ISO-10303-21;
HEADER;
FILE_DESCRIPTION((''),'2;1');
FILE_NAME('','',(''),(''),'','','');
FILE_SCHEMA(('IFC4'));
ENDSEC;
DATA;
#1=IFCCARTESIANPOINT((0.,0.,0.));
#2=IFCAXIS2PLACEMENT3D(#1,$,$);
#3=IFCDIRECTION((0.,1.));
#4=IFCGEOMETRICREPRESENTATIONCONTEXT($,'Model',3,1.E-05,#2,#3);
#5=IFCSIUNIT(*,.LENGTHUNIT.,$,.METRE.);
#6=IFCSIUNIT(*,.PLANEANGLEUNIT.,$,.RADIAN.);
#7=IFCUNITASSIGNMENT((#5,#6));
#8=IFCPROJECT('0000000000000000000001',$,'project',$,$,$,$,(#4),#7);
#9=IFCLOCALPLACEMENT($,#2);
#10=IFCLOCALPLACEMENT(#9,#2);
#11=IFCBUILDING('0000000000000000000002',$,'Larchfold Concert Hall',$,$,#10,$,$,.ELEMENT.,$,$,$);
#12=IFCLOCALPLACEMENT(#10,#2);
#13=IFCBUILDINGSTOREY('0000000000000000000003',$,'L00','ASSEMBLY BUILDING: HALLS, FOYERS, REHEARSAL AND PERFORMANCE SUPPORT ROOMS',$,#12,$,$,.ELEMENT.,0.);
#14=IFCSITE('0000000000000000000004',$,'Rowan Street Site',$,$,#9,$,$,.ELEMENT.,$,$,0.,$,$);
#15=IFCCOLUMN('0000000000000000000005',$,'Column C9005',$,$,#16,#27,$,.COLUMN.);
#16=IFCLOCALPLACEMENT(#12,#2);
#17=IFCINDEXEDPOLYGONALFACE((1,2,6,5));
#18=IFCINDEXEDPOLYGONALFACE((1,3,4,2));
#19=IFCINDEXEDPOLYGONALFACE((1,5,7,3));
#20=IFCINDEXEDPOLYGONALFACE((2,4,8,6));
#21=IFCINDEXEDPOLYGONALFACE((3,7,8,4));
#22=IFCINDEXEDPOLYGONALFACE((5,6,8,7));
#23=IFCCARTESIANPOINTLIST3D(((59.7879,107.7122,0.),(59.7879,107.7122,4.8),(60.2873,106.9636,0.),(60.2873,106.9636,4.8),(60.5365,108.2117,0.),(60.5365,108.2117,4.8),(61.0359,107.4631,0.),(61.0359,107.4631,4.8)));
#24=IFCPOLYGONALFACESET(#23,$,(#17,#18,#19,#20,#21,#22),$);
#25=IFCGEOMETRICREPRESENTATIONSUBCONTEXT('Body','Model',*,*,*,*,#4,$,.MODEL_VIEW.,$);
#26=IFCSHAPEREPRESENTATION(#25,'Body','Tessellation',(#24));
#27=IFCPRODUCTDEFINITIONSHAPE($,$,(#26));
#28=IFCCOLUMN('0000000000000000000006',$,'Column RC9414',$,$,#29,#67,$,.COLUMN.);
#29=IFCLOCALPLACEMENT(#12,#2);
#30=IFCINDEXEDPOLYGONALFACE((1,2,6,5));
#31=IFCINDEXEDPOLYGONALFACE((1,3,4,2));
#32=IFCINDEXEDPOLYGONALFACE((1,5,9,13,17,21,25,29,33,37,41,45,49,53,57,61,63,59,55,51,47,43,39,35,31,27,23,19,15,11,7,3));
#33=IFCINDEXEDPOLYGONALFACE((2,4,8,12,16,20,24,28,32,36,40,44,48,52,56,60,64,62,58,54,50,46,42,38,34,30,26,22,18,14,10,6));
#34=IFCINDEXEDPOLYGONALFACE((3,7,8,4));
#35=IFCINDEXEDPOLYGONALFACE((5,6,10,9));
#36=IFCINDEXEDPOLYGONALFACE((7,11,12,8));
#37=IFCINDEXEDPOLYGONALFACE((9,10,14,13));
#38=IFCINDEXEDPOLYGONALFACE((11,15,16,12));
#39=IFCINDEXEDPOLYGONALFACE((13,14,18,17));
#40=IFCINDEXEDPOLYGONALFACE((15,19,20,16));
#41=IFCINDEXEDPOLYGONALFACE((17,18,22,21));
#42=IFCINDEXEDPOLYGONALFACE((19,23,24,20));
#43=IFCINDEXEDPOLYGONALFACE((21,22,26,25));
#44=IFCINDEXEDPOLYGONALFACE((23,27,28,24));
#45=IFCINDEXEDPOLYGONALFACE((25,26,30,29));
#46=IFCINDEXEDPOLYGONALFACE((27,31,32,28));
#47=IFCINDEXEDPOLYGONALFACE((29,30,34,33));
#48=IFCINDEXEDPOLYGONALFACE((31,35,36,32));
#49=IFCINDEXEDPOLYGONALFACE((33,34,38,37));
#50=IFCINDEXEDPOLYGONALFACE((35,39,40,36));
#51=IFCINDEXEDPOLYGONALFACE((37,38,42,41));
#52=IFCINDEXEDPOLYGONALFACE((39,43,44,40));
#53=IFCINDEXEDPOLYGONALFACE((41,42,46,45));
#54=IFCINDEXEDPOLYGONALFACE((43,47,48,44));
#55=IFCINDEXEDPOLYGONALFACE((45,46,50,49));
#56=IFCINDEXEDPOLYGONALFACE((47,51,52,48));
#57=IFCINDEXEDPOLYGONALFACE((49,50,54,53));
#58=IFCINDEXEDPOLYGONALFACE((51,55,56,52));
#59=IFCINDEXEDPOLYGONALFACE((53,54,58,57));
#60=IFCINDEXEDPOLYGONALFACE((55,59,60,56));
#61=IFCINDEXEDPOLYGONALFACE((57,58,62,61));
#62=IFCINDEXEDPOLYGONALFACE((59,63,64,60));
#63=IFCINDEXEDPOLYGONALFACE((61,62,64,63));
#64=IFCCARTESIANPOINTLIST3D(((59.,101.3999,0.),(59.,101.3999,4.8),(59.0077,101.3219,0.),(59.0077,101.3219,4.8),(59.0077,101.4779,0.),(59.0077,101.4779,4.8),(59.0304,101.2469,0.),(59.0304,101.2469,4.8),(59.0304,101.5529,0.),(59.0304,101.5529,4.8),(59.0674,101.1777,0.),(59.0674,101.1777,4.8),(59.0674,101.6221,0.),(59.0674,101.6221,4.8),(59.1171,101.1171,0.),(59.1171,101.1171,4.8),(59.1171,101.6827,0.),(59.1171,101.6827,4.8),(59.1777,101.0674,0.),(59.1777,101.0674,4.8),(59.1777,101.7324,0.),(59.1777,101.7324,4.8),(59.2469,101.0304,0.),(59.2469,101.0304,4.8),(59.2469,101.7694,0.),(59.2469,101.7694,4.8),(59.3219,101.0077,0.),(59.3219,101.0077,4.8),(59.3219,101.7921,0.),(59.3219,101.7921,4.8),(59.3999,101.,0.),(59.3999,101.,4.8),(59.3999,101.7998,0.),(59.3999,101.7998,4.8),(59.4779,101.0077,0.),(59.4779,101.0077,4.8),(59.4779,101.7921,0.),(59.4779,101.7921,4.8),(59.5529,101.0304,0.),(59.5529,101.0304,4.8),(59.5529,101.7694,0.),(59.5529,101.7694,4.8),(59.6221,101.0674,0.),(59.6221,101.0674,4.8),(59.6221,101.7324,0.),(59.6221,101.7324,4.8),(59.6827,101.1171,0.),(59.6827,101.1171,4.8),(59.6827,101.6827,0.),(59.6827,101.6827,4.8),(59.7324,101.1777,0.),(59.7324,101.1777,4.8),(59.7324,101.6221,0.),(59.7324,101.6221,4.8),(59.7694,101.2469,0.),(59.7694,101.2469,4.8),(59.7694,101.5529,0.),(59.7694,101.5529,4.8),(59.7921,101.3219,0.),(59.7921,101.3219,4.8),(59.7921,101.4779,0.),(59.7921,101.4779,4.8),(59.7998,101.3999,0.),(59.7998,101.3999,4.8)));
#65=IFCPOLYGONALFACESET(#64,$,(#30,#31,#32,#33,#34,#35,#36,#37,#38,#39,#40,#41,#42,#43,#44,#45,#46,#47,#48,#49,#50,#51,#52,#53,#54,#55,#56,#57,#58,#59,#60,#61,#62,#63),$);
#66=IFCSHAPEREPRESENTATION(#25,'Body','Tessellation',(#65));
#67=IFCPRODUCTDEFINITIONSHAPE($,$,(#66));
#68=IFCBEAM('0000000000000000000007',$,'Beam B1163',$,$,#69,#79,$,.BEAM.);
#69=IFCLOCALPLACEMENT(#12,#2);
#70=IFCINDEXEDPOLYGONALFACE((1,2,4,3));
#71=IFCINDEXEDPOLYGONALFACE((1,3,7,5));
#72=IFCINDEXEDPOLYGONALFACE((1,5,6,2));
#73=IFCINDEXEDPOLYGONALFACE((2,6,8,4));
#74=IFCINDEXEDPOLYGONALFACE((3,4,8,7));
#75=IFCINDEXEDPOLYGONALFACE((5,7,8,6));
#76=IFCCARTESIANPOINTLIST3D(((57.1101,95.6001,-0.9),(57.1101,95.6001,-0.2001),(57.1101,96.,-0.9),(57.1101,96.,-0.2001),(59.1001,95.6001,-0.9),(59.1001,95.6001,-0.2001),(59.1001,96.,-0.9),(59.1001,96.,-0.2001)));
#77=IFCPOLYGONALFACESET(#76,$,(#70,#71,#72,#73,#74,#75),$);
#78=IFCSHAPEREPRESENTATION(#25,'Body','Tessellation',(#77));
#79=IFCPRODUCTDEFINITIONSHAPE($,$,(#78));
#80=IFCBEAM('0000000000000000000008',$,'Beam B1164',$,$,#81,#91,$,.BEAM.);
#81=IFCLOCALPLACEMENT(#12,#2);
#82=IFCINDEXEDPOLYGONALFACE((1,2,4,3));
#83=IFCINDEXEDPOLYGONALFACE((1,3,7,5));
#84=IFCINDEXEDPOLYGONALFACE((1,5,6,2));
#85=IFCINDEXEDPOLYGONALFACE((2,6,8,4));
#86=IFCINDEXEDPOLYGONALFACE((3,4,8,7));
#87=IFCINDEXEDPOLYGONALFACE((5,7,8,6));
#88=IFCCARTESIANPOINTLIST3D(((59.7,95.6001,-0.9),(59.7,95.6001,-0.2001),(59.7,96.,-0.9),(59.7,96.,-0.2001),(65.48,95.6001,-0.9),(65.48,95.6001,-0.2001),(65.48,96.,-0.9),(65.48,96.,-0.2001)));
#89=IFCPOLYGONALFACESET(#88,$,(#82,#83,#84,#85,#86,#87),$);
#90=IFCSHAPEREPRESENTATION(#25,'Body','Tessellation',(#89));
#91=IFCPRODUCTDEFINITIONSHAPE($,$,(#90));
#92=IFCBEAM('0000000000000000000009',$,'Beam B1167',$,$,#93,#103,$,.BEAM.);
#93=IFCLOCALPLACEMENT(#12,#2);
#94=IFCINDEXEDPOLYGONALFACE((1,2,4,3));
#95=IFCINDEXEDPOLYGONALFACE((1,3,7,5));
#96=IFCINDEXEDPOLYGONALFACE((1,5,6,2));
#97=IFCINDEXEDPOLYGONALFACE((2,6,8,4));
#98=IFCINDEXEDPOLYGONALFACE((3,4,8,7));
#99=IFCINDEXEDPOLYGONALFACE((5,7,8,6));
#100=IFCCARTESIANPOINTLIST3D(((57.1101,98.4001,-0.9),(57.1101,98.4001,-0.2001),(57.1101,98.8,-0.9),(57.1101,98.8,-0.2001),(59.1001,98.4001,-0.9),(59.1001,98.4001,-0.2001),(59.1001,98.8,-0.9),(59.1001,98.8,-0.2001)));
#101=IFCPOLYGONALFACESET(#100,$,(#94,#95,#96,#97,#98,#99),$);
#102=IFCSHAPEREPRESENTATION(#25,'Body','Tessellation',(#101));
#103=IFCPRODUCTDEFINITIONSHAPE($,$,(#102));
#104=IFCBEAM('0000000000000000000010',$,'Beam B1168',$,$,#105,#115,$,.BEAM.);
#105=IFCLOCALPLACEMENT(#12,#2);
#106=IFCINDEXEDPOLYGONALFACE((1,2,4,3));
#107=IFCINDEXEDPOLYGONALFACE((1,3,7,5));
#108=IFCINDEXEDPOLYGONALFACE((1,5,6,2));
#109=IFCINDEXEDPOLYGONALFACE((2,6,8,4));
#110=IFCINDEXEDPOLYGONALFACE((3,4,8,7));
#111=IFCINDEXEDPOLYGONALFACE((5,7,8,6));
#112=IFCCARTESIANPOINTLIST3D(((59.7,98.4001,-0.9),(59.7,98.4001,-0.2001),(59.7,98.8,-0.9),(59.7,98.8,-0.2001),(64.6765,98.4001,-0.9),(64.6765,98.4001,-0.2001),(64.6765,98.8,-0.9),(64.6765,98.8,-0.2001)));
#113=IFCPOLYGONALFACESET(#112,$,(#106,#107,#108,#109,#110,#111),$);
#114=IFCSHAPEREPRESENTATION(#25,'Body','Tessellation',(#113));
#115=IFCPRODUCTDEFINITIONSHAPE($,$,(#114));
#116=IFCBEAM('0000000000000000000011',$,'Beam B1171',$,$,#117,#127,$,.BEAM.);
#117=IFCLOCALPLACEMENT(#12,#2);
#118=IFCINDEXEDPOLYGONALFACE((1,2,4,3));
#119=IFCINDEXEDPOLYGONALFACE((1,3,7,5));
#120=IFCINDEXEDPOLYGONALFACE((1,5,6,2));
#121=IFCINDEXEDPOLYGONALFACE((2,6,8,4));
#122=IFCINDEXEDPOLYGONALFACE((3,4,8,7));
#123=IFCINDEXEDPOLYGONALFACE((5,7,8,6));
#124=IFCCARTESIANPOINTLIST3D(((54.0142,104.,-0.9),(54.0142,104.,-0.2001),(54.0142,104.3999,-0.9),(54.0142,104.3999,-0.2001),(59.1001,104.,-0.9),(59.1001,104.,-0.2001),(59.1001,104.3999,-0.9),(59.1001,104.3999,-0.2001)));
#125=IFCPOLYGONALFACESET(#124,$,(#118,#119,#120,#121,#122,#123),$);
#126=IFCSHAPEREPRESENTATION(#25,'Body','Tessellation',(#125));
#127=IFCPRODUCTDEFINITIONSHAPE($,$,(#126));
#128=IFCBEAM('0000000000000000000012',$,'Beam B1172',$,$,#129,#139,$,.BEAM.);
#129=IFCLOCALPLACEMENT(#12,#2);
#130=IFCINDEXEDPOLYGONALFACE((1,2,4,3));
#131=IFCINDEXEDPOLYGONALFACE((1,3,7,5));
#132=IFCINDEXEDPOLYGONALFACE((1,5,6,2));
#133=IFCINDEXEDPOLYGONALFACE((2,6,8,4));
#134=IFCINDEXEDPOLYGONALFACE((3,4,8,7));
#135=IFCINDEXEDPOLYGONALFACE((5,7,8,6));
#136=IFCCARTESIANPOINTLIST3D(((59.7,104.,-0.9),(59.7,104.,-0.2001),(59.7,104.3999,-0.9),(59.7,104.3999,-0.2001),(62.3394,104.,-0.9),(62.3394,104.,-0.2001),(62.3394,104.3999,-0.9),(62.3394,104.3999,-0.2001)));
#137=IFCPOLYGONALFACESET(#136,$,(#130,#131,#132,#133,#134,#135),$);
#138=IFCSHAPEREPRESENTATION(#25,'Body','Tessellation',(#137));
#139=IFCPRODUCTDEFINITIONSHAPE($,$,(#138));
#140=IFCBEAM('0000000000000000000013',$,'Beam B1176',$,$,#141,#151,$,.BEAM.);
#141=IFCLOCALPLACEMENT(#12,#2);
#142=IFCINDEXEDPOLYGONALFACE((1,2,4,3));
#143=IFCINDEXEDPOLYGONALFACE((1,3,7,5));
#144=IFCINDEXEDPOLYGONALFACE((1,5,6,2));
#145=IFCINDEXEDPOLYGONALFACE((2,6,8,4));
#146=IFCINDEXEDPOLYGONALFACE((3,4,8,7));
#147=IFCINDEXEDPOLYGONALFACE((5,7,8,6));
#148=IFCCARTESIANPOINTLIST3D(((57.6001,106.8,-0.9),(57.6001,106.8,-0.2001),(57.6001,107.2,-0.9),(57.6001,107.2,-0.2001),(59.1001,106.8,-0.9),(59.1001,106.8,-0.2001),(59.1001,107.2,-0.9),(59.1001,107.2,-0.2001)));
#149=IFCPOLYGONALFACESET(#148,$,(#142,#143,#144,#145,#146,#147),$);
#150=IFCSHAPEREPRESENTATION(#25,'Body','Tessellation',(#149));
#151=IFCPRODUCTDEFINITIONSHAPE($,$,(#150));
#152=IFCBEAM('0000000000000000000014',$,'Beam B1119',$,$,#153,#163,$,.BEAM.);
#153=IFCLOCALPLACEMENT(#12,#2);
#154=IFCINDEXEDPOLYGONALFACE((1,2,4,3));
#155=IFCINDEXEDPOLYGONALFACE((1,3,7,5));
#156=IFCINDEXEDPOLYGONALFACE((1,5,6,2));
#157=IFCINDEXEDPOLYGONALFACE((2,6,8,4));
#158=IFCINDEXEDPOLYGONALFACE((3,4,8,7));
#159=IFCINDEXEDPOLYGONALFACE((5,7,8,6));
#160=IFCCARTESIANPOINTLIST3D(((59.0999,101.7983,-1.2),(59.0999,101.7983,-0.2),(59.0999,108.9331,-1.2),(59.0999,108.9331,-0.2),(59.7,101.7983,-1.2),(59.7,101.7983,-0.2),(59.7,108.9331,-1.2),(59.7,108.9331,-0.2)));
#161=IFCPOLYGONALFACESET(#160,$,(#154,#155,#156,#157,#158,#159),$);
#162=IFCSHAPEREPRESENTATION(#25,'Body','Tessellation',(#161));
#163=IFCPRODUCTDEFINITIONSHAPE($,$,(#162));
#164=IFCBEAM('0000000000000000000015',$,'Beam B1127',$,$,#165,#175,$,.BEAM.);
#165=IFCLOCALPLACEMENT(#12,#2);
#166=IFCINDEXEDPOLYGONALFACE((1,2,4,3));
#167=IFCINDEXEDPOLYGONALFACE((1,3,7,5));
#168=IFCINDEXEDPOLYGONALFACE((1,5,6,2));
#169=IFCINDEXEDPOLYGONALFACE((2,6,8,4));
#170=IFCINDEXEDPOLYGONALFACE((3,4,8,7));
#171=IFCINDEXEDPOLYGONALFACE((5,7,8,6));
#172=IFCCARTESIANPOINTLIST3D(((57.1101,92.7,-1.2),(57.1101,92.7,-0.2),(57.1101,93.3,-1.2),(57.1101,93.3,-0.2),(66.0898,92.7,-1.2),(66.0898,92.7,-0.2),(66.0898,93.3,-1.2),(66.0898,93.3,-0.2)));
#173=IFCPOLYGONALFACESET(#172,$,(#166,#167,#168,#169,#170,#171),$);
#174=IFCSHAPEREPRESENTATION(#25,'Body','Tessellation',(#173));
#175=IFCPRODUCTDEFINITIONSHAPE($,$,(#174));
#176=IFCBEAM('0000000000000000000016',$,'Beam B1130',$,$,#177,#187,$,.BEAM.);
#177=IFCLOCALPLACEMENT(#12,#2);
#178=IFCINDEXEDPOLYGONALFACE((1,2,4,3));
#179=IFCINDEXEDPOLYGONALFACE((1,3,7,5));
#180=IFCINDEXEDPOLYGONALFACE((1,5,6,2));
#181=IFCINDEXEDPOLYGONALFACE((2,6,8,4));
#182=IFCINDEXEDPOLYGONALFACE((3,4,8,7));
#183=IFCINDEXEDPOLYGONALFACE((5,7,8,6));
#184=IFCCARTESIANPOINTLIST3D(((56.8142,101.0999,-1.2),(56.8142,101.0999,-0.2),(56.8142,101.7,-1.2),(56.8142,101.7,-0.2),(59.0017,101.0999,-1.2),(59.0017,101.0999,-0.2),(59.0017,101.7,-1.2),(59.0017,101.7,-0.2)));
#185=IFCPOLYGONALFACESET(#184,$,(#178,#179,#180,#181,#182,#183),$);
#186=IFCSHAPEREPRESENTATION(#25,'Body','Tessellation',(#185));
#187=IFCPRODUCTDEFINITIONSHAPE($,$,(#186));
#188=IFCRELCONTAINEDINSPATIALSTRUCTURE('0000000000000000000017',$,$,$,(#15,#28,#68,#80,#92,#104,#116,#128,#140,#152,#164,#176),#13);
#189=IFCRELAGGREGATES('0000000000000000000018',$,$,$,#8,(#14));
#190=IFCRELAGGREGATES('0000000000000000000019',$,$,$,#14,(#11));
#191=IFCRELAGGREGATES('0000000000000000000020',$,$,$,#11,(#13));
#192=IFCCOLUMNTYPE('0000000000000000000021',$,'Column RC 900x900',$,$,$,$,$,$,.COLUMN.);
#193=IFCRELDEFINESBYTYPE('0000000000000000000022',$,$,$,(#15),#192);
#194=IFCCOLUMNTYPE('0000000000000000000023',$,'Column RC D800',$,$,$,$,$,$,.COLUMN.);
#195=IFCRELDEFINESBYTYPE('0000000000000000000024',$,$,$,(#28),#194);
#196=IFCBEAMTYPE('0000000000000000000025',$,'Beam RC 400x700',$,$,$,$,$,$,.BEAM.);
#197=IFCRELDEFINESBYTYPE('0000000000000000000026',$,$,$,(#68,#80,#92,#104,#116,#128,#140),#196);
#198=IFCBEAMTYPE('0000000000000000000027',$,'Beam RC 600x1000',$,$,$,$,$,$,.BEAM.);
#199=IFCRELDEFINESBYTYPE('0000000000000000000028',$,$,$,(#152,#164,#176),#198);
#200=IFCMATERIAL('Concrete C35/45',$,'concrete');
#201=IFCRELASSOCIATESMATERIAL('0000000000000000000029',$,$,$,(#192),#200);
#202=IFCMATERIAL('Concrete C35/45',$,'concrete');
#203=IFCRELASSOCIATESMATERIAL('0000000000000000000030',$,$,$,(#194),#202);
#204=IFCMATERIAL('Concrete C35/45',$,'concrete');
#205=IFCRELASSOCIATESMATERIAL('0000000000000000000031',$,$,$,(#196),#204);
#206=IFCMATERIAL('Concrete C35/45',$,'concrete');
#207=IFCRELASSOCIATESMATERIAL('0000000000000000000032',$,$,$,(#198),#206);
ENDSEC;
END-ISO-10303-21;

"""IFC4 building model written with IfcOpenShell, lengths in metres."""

from ifc_helpers import new_model, si_unit, direction, frame, origin, origin_2d, place, context, subcontext, project, spatial, rectangle, circle, extrude, material, material_profile, profile_set, type_object, element, save


model = new_model("IFC4")

# Units and contexts
model_context = context("Model", 3, precision=1e-05, world=origin(), true_north=direction((0.0, 1.0)))
body_context = subcontext(model_context, "Body", "Model", "MODEL_VIEW")
ifc_project = project(units=[si_unit("LENGTHUNIT", "METRE"), si_unit("PLANEANGLEUNIT", "RADIAN")], contexts=[model_context])

# Site, building, storey
site_placement = place(None, origin())
site = spatial("IfcSite", under=ifc_project, at=site_placement, Name="Rowan Street Site", CompositionType="ELEMENT", RefElevation=0.0)
building_placement = place(site_placement, origin())
building = spatial("IfcBuilding", under=site, at=building_placement, Name="Larchfold Concert Hall", CompositionType="ELEMENT")
storey_placement = place(building_placement, origin())
storey = spatial("IfcBuildingStorey", under=building, at=storey_placement, Name="L00", Description="ASSEMBLY BUILDING: HALLS, FOYERS, REHEARSAL AND PERFORMANCE SUPPORT ROOMS", CompositionType="ELEMENT", Elevation=0.0)

# Columns
ifc_material_1 = material(Name="Concrete C35/45", Category="concrete")
ifc_material_profile_1 = material_profile(ifc_material_1, rectangle(XDim=0.8999, YDim=0.8999, at=origin_2d()))
ifc_profile_set_1 = profile_set([ifc_material_profile_1], Name="Concrete C35/45")
column_type_1 = type_object("IfcColumnType", Name="Column RC 900x900", PredefinedType="COLUMN", material=ifc_profile_set_1)
column_1_placement = place(storey_placement, frame((60.4119, 107.5876, 0.0), z_axis=(0.0, 0.0, 1.0), x_axis=(0.831868, 0.554974, 0.0)))
element("IfcColumn", 1, at=column_1_placement, inside=storey, type_object=column_type_1, Name="Column C9005", PredefinedType="COLUMN", context=body_context, shape_type="SweptSolid", body=[
    extrude(rectangle(XDim=0.8999, YDim=0.8999, at=origin_2d()), origin(), (0.0, 0.0, 1.0), 4.8),
])
ifc_material_2 = material(Name="Concrete C35/45", Category="concrete")
ifc_material_profile_2 = material_profile(ifc_material_2, circle(Radius=0.3999, at=origin_2d()))
ifc_profile_set_2 = profile_set([ifc_material_profile_2], Name="Concrete C35/45")
column_type_2 = type_object("IfcColumnType", Name="Column RC D800", PredefinedType="COLUMN", material=ifc_profile_set_2)
column_2_placement = place(storey_placement, frame((59.3999, 101.3999, 0.0), z_axis=(0.0, 0.0, 1.0), x_axis=(1.0, 0.0, 0.0)))
element("IfcColumn", 2, at=column_2_placement, inside=storey, type_object=column_type_2, Name="Column RC9414", PredefinedType="COLUMN", context=body_context, shape_type="SweptSolid", body=[
    extrude(circle(Radius=0.3999, at=origin_2d()), origin(), (0.0, 0.0, 1.0), 4.8),
])

# Beams
ifc_material_3 = material(Name="Concrete C35/45", Category="concrete")
ifc_material_profile_3 = material_profile(ifc_material_3, rectangle(XDim=0.3999, YDim=0.7, at=origin_2d()))
ifc_profile_set_3 = profile_set([ifc_material_profile_3], Name="Concrete C35/45")
beam_type_1 = type_object("IfcBeamType", Name="Beam RC 400x700", PredefinedType="BEAM", material=ifc_profile_set_3)
beam_1_placement = place(storey_placement, frame((57.1101, 95.8, -0.55), z_axis=(1.0, 0.0, 0.0), x_axis=(0.0, 1.0, 0.0)))
element("IfcBeam", 3, at=beam_1_placement, inside=storey, type_object=beam_type_1, Name="Beam B1163", PredefinedType="BEAM", context=body_context, shape_type="SweptSolid", body=[
    extrude(rectangle(XDim=0.3999, YDim=0.7, at=origin_2d()), origin(), (0.0, 0.0, 1.0), 1.99),
])
beam_2_placement = place(storey_placement, frame((59.7, 95.8, -0.55), z_axis=(1.0, 0.0, 0.0), x_axis=(0.0, 1.0, 0.0)))
element("IfcBeam", 4, at=beam_2_placement, inside=storey, type_object=beam_type_1, Name="Beam B1164", PredefinedType="BEAM", context=body_context, shape_type="SweptSolid", body=[
    extrude(rectangle(XDim=0.3999, YDim=0.7, at=origin_2d()), origin(), (0.0, 0.0, 1.0), 5.78),
])
beam_3_placement = place(storey_placement, frame((57.1101, 98.6001, -0.55), z_axis=(1.0, 0.0, 0.0), x_axis=(0.0, 1.0, 0.0)))
element("IfcBeam", 5, at=beam_3_placement, inside=storey, type_object=beam_type_1, Name="Beam B1167", PredefinedType="BEAM", context=body_context, shape_type="SweptSolid", body=[
    extrude(rectangle(XDim=0.3999, YDim=0.7, at=origin_2d()), origin(), (0.0, 0.0, 1.0), 1.99),
])
beam_4_placement = place(storey_placement, frame((59.7, 98.6001, -0.55), z_axis=(1.0, 0.0, 0.0), x_axis=(0.0, 1.0, 0.0)))
element("IfcBeam", 6, at=beam_4_placement, inside=storey, type_object=beam_type_1, Name="Beam B1168", PredefinedType="BEAM", context=body_context, shape_type="SweptSolid", body=[
    extrude(rectangle(XDim=0.3999, YDim=0.7, at=origin_2d()), origin(), (0.0, 0.0, 1.0), 4.9766),
])
beam_5_placement = place(storey_placement, frame((54.0142, 104.2, -0.55), z_axis=(1.0, 0.0, 0.0), x_axis=(0.0, 1.0, 0.0)))
element("IfcBeam", 7, at=beam_5_placement, inside=storey, type_object=beam_type_1, Name="Beam B1171", PredefinedType="BEAM", context=body_context, shape_type="SweptSolid", body=[
    extrude(rectangle(XDim=0.3999, YDim=0.7, at=origin_2d()), origin(), (0.0, 0.0, 1.0), 5.0859),
])
beam_6_placement = place(storey_placement, frame((59.7, 104.2, -0.55), z_axis=(1.0, 0.0, 0.0), x_axis=(0.0, 1.0, 0.0)))
element("IfcBeam", 8, at=beam_6_placement, inside=storey, type_object=beam_type_1, Name="Beam B1172", PredefinedType="BEAM", context=body_context, shape_type="SweptSolid", body=[
    extrude(rectangle(XDim=0.3999, YDim=0.7, at=origin_2d()), origin(), (0.0, 0.0, 1.0), 2.6394),
])
beam_7_placement = place(storey_placement, frame((57.6001, 107.0, -0.55), z_axis=(1.0, 0.0, 0.0), x_axis=(0.0, 1.0, 0.0)))
element("IfcBeam", 9, at=beam_7_placement, inside=storey, type_object=beam_type_1, Name="Beam B1176", PredefinedType="BEAM", context=body_context, shape_type="SweptSolid", body=[
    extrude(rectangle(XDim=0.3999, YDim=0.7, at=origin_2d()), origin(), (0.0, 0.0, 1.0), 1.5),
])
ifc_material_4 = material(Name="Concrete C35/45", Category="concrete")
ifc_material_profile_4 = material_profile(ifc_material_4, rectangle(XDim=0.6001, YDim=1.0, at=origin_2d()))
ifc_profile_set_4 = profile_set([ifc_material_profile_4], Name="Concrete C35/45")
beam_type_2 = type_object("IfcBeamType", Name="Beam RC 600x1000", PredefinedType="BEAM", material=ifc_profile_set_4)
beam_8_placement = place(storey_placement, frame((59.3999, 101.7983, -0.7), z_axis=(0.0, 1.0, 0.0), x_axis=(-1.0, 0.0, 0.0)))
element("IfcBeam", 10, at=beam_8_placement, inside=storey, type_object=beam_type_2, Name="Beam B1119", PredefinedType="BEAM", context=body_context, shape_type="SweptSolid", body=[
    extrude(rectangle(XDim=0.6001, YDim=1.0, at=origin_2d()), origin(), (0.0, 0.0, 1.0), 7.1348),
])
beam_9_placement = place(storey_placement, frame((57.1101, 93.0, -0.7), z_axis=(1.0, 0.0, 0.0), x_axis=(0.0, 1.0, 0.0)))
element("IfcBeam", 11, at=beam_9_placement, inside=storey, type_object=beam_type_2, Name="Beam B1127", PredefinedType="BEAM", context=body_context, shape_type="SweptSolid", body=[
    extrude(rectangle(XDim=0.6001, YDim=1.0, at=origin_2d()), origin(), (0.0, 0.0, 1.0), 8.9797),
])
beam_10_placement = place(storey_placement, frame((56.8142, 101.3999, -0.7), z_axis=(1.0, 0.0, 0.0), x_axis=(0.0, 1.0, 0.0)))
element("IfcBeam", 12, at=beam_10_placement, inside=storey, type_object=beam_type_2, Name="Beam B1130", PredefinedType="BEAM", context=body_context, shape_type="SweptSolid", body=[
    extrude(rectangle(XDim=0.6001, YDim=1.0, at=origin_2d()), origin(), (0.0, 0.0, 1.0), 2.1875),
])

save(model, "model.ifc")
